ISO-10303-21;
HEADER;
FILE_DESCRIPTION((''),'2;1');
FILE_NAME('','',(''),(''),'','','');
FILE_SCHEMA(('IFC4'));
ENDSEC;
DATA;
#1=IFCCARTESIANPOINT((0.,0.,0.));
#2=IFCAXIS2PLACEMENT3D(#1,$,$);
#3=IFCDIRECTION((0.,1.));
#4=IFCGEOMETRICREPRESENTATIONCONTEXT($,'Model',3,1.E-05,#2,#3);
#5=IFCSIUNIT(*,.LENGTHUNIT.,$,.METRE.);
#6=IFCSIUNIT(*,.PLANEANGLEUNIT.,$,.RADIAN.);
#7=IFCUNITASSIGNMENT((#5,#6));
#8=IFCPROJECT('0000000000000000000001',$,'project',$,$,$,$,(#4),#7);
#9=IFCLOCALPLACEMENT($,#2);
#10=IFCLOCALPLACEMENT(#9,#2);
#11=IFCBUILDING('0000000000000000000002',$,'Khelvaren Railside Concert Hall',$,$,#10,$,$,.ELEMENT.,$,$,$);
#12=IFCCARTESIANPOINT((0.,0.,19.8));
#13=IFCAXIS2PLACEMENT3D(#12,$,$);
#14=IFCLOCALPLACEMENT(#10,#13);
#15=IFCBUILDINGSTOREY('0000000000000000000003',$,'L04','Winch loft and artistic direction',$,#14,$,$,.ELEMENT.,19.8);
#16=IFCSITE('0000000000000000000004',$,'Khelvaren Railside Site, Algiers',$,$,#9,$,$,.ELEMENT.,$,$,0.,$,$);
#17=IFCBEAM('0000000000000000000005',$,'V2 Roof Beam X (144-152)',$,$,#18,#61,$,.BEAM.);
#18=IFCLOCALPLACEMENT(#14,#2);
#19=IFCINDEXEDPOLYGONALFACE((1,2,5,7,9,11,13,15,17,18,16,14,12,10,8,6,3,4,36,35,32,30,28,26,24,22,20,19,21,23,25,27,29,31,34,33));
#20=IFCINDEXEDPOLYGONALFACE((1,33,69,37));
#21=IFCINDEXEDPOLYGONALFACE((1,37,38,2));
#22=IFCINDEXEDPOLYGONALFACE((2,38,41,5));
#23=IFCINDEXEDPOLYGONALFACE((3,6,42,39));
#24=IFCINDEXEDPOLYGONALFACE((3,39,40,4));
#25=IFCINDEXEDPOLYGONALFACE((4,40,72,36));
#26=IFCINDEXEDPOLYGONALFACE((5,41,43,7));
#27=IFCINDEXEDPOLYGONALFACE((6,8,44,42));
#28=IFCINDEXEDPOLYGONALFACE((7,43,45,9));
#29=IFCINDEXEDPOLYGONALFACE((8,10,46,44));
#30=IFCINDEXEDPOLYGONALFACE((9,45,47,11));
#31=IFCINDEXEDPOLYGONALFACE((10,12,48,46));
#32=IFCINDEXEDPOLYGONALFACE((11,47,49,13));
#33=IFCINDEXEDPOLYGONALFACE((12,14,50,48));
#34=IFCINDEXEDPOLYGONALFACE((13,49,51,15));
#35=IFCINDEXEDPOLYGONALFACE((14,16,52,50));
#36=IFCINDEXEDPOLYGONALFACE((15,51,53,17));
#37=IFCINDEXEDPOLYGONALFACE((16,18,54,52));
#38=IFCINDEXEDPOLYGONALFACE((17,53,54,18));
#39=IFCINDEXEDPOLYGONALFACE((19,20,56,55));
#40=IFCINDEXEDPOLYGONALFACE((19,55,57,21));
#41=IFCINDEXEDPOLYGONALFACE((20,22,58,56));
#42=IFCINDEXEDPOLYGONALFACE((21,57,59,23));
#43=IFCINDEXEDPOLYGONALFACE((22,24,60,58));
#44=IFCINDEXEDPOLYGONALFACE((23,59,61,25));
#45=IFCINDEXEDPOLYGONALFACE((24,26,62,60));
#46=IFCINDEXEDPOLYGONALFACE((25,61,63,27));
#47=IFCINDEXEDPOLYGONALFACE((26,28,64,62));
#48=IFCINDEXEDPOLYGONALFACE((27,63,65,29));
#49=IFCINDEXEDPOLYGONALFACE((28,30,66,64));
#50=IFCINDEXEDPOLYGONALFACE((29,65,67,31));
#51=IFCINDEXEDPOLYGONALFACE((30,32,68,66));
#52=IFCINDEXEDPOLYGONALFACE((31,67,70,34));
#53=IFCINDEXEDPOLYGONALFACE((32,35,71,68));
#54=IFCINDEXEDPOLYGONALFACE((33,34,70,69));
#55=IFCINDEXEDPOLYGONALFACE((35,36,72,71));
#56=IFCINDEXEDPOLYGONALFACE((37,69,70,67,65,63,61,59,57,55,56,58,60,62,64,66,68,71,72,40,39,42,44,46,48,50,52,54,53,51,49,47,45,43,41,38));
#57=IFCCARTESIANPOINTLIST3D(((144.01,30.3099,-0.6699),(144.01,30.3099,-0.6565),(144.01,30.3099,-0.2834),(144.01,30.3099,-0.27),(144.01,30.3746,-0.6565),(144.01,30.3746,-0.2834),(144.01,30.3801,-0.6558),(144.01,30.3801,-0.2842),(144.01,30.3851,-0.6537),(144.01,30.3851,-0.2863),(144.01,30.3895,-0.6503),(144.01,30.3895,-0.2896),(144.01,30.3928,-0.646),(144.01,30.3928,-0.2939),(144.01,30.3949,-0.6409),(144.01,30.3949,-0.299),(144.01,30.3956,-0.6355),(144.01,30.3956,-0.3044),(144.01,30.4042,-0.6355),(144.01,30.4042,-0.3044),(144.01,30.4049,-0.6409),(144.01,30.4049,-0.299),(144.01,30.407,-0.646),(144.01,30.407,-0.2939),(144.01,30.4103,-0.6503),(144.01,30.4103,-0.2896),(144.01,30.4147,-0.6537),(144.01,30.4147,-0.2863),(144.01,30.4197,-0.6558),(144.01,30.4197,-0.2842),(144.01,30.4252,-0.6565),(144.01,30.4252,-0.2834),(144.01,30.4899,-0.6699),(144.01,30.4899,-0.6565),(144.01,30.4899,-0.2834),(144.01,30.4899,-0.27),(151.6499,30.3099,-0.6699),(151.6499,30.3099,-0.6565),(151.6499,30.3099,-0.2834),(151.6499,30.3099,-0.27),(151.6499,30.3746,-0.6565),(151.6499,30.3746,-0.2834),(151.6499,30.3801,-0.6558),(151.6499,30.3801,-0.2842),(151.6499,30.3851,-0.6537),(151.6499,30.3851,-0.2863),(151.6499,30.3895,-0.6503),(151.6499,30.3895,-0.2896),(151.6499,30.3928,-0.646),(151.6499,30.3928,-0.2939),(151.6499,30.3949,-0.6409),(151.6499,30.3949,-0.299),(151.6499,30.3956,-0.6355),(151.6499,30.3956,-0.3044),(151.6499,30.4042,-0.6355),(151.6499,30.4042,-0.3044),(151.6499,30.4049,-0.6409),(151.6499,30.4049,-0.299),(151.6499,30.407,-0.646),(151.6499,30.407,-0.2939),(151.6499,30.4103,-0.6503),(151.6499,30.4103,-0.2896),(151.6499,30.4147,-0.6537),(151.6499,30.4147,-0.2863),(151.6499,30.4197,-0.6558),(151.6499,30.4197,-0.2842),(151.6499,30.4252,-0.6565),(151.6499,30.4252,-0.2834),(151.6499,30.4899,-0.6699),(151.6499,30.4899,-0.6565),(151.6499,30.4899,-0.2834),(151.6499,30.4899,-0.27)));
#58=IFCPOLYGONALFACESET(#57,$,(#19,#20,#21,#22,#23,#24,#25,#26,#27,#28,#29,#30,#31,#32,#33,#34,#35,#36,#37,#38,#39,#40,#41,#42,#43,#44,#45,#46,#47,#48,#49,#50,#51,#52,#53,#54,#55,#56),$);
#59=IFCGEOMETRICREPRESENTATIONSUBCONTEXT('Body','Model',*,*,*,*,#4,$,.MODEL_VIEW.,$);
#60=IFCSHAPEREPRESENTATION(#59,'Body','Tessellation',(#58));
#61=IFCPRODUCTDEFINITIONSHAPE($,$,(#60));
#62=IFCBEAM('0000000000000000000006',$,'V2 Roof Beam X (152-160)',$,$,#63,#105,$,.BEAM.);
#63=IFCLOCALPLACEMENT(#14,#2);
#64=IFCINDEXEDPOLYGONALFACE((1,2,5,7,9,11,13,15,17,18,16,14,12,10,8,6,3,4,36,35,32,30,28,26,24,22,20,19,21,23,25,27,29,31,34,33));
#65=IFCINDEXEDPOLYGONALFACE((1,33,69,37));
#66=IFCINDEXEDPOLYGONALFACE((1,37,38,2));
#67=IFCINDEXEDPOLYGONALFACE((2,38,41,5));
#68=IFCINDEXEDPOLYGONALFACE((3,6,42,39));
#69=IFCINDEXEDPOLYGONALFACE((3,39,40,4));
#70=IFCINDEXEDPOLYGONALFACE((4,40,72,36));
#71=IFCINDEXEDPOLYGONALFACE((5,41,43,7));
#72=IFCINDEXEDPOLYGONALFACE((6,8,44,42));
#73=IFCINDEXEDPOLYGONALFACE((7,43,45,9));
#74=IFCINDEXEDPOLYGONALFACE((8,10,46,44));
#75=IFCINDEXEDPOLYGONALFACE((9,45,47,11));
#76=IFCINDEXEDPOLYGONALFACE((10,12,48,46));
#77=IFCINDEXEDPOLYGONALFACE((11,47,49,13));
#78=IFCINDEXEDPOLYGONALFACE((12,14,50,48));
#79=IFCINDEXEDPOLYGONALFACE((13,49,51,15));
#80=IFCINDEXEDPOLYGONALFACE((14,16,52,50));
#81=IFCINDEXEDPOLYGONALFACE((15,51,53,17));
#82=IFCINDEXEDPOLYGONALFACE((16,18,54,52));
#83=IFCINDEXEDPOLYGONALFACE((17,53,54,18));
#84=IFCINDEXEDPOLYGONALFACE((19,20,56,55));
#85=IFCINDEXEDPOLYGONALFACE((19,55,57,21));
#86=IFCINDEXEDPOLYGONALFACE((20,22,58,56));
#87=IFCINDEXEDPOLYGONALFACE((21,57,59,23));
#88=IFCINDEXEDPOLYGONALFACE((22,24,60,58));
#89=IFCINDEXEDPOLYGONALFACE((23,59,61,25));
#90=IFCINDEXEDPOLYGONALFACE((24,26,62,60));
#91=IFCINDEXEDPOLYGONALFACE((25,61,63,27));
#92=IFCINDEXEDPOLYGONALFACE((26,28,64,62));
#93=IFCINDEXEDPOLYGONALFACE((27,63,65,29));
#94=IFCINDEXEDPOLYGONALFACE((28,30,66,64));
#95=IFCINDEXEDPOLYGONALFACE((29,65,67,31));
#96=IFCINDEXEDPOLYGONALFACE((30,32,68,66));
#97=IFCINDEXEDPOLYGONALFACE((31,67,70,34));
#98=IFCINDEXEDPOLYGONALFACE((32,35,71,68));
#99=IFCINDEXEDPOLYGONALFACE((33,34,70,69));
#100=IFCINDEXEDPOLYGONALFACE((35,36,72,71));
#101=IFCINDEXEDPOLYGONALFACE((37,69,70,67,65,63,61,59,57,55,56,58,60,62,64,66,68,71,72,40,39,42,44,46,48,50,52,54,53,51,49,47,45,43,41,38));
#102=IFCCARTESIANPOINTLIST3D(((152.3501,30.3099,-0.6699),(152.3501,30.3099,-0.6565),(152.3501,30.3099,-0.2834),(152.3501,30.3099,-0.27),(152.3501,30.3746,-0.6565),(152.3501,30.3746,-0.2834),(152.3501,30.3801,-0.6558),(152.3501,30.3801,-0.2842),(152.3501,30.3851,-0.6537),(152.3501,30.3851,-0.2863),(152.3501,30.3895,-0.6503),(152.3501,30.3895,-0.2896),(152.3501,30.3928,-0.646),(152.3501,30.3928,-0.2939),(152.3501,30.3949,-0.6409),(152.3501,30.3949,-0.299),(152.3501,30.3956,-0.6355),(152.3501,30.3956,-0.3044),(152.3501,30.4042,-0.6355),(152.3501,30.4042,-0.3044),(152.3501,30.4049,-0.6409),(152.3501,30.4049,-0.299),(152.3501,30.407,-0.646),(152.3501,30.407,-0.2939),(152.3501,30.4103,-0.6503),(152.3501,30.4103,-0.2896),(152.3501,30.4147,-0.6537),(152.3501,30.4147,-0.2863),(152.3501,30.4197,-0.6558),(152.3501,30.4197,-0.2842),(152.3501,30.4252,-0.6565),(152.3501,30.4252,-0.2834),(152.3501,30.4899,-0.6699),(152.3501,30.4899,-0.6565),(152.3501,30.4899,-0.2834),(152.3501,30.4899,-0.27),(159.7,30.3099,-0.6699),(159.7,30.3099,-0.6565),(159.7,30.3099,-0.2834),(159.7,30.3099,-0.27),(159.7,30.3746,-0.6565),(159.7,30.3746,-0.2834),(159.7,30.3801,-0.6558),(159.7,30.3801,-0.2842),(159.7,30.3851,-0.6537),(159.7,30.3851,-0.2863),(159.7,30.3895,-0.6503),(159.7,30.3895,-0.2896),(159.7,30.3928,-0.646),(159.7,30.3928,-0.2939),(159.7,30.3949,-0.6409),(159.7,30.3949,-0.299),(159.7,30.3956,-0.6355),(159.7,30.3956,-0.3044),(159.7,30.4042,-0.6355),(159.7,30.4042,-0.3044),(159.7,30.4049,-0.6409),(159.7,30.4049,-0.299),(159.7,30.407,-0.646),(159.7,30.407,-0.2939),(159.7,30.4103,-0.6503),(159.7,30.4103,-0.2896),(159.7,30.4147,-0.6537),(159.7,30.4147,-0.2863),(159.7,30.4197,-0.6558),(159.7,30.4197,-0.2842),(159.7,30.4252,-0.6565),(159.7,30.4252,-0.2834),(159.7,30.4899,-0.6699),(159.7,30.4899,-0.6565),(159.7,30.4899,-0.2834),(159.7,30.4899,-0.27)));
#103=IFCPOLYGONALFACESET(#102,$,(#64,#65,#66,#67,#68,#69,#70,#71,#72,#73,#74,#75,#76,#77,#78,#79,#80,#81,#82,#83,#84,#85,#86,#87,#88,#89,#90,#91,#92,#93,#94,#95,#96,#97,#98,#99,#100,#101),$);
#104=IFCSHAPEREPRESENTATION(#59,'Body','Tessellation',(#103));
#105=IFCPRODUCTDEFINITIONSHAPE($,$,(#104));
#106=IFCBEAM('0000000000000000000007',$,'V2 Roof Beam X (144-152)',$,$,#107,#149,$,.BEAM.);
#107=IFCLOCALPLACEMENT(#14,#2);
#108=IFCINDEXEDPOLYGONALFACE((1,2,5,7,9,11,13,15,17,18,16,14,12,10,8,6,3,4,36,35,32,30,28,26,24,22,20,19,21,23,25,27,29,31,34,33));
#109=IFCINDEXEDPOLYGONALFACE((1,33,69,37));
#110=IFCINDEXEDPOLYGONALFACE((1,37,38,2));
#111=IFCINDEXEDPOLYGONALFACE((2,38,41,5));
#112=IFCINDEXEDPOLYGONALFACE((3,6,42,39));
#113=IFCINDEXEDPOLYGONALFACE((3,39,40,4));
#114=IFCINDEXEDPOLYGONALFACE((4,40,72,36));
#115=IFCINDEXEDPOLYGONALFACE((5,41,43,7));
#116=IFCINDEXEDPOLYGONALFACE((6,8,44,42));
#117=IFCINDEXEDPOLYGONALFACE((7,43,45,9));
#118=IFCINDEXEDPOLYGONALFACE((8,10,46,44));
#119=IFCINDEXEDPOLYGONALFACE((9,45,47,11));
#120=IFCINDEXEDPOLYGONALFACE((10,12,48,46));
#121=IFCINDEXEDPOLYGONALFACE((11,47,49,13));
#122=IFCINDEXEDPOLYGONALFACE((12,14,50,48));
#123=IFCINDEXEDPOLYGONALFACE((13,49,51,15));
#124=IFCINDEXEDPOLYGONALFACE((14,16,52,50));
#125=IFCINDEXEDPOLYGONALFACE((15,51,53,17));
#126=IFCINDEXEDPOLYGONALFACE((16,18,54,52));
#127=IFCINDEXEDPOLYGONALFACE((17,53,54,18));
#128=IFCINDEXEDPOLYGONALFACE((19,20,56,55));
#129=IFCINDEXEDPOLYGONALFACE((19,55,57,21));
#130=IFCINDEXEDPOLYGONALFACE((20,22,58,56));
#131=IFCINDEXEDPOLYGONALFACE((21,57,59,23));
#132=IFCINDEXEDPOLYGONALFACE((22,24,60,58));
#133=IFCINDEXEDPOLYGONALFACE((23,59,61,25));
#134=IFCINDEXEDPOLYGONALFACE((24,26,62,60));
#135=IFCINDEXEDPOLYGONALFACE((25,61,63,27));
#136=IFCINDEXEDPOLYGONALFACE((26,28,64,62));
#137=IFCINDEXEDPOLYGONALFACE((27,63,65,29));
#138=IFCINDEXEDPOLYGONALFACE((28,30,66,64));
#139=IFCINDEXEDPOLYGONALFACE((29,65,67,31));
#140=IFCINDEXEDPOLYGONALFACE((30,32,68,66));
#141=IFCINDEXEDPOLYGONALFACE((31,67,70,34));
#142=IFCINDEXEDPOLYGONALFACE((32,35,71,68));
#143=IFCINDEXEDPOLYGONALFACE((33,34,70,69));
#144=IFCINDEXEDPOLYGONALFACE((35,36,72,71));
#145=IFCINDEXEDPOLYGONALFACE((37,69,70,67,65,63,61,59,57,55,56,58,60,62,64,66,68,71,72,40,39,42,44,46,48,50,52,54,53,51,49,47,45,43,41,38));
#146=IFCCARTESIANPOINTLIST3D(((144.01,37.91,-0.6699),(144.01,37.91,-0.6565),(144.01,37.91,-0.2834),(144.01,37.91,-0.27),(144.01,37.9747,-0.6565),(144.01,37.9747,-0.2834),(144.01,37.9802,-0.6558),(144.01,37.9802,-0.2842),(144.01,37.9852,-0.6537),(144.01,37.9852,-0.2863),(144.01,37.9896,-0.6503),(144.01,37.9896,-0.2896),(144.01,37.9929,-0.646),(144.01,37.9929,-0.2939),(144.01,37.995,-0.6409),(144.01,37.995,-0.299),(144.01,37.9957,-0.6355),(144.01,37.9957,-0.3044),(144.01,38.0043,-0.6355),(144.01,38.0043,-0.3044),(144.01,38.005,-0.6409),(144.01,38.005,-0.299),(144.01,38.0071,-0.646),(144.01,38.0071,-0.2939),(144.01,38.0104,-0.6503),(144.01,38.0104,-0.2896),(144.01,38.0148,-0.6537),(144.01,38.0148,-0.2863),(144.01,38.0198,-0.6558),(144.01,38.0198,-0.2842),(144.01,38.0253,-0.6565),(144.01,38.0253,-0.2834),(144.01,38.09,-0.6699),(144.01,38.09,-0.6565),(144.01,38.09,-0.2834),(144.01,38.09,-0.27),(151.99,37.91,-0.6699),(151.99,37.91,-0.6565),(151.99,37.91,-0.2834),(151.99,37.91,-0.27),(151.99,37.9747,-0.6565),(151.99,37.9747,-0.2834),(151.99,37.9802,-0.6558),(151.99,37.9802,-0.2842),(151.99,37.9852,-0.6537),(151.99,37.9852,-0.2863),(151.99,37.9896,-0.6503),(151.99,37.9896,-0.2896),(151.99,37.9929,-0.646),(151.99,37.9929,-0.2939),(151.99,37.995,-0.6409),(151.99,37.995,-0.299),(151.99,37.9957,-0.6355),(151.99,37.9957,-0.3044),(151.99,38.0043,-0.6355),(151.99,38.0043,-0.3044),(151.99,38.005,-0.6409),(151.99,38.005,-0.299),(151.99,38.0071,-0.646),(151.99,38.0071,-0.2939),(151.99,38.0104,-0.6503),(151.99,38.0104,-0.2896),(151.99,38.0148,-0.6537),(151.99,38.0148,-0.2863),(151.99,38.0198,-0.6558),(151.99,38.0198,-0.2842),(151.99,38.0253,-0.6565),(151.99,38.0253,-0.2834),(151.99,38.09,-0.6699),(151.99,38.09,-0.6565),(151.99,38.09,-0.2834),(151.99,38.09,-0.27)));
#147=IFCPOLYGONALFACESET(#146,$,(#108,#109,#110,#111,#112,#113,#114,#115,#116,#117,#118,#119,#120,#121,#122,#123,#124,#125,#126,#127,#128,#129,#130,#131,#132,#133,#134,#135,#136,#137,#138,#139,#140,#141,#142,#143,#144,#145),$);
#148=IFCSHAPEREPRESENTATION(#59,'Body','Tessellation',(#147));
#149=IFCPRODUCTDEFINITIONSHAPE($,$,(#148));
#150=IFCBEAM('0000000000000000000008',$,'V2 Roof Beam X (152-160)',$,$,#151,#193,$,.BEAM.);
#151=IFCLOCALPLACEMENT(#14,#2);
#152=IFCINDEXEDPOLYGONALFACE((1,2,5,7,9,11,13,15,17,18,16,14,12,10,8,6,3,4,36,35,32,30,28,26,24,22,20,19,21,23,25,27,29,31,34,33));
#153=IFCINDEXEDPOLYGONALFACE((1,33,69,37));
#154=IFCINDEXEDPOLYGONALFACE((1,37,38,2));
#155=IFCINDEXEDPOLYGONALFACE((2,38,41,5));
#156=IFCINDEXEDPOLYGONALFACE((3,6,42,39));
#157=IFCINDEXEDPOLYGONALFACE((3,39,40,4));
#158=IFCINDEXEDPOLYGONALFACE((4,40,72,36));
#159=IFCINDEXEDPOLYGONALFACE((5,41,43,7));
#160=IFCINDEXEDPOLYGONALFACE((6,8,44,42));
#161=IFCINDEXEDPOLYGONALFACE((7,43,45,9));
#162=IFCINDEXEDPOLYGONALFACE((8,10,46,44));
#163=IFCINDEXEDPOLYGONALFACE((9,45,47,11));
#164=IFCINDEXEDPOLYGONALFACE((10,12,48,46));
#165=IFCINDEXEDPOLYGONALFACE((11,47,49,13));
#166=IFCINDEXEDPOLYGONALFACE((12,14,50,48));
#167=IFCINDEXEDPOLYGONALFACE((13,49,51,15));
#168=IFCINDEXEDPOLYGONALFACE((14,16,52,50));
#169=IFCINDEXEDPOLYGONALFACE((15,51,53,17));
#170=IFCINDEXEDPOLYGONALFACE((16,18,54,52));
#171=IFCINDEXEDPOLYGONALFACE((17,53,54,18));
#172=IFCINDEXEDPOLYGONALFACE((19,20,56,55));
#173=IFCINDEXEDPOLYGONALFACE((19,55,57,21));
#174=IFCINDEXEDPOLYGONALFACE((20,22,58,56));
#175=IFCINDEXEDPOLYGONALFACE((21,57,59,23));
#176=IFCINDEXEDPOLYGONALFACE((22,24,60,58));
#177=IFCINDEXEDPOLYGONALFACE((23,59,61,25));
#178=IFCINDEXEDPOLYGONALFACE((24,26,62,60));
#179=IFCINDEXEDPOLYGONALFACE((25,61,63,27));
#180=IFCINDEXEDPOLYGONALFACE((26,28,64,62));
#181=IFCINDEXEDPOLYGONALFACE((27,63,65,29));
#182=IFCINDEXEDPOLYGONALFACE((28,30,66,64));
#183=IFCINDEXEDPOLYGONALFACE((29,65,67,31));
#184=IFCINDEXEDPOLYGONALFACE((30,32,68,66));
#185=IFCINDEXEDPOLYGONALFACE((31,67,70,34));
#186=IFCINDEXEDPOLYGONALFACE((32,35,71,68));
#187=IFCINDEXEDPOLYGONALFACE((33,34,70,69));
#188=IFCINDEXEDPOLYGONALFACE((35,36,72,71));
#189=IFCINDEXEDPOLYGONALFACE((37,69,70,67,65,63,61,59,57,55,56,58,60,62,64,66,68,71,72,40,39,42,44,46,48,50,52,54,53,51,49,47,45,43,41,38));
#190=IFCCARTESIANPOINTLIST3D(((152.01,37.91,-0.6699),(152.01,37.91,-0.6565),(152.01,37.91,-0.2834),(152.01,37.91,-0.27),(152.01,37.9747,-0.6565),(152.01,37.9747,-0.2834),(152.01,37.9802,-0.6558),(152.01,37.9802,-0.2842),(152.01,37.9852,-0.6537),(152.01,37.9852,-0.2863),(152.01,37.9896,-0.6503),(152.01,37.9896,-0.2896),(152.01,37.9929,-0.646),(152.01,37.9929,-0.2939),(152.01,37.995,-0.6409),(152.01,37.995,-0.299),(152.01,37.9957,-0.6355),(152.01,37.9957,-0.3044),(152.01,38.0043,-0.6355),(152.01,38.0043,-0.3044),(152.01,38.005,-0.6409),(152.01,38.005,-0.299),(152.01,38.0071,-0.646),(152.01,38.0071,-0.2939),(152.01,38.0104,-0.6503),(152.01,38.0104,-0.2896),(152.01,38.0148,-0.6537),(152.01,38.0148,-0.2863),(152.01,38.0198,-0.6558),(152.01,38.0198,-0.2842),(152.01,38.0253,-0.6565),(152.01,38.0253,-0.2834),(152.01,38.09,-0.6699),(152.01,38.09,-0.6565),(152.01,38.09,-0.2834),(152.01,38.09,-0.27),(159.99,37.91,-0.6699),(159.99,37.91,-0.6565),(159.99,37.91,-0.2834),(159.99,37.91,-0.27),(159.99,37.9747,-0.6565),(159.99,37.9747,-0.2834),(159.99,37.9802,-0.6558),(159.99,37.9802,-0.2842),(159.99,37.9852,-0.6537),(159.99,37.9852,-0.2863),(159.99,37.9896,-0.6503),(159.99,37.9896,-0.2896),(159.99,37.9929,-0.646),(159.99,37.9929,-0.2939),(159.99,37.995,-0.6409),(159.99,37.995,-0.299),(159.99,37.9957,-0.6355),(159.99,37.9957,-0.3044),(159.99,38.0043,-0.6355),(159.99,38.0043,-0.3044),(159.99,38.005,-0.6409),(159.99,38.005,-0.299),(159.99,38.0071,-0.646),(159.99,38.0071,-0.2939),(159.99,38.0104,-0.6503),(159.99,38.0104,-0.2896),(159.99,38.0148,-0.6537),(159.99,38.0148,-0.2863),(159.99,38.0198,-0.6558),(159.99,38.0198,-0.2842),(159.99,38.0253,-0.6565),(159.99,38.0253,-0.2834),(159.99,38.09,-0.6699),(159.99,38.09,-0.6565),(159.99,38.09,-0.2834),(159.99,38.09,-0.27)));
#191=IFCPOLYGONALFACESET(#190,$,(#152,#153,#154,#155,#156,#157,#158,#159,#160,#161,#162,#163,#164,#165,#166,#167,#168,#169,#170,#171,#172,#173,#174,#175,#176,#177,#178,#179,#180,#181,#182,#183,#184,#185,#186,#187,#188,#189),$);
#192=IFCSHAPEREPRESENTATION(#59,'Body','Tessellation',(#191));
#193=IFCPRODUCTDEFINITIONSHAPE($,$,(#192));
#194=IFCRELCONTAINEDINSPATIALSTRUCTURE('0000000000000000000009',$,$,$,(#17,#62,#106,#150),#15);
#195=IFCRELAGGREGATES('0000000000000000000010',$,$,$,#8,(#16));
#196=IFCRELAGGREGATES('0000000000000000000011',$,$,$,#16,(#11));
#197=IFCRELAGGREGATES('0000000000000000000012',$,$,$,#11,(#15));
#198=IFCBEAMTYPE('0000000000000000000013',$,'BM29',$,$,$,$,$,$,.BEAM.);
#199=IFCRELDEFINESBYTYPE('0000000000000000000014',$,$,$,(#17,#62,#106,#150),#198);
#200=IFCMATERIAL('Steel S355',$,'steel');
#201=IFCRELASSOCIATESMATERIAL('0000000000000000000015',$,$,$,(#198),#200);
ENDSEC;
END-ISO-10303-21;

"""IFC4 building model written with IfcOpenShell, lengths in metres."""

from ifc_helpers import new_model, si_unit, direction, frame, origin, origin_2d, place, context, subcontext, project, spatial, i_section, extrude, material, material_profile, profile_set, type_object, element, save


model = new_model("IFC4")

# Units and contexts
model_context = context("Model", 3, precision=1e-05, world=origin(), true_north=direction((0.0, 1.0)))
body_context = subcontext(model_context, "Body", "Model", "MODEL_VIEW")
ifc_project = project(units=[si_unit("LENGTHUNIT", "METRE"), si_unit("PLANEANGLEUNIT", "RADIAN")], contexts=[model_context])

# Site, building, storey
site_placement = place(None, origin())
site = spatial("IfcSite", under=ifc_project, at=site_placement, Name="Khelvaren Railside Site, Algiers", CompositionType="ELEMENT", RefElevation=0.0)
building_placement = place(site_placement, origin())
building = spatial("IfcBuilding", under=site, at=building_placement, Name="Khelvaren Railside Concert Hall", CompositionType="ELEMENT")
storey_placement = place(building_placement, frame((0.0, 0.0, 19.8)))
storey = spatial("IfcBuildingStorey", under=building, at=storey_placement, Name="L04", Description="Winch loft and artistic direction", CompositionType="ELEMENT", Elevation=19.8)

# Beams
ifc_material_1 = material(Name="Steel S355", Category="steel")
ifc_material_profile_1 = material_profile(ifc_material_1, i_section(OverallWidth=0.1799, OverallDepth=0.3999, WebThickness=0.0085, FlangeThickness=0.0134, FilletRadius=0.021, at=origin_2d()), Name="IPE 400")
ifc_profile_set_1 = profile_set([ifc_material_profile_1], Name="Steel S355")
beam_type_1 = type_object("IfcBeamType", Name="BM29", PredefinedType="BEAM", material=ifc_profile_set_1)
beam_1_placement = place(storey_placement, frame((144.01, 30.3999, -0.47), z_axis=(1.0, 0.0, 0.0), x_axis=(0.0, 1.0, 0.0)))
element("IfcBeam", 1, at=beam_1_placement, inside=storey, type_object=beam_type_1, Name="V2 Roof Beam X (144-152)", PredefinedType="BEAM", context=body_context, shape_type="SweptSolid", body=[
    extrude(i_section(OverallWidth=0.1799, OverallDepth=0.3999, WebThickness=0.0085, FlangeThickness=0.0134, FilletRadius=0.021, at=origin_2d()), origin(), (0.0, 0.0, 1.0), 7.6399),
])
beam_2_placement = place(storey_placement, frame((152.3501, 30.3999, -0.47), z_axis=(1.0, 0.0, 0.0), x_axis=(0.0, 1.0, 0.0)))
element("IfcBeam", 2, at=beam_2_placement, inside=storey, type_object=beam_type_1, Name="V2 Roof Beam X (152-160)", PredefinedType="BEAM", context=body_context, shape_type="SweptSolid", body=[
    extrude(i_section(OverallWidth=0.1799, OverallDepth=0.3999, WebThickness=0.0085, FlangeThickness=0.0134, FilletRadius=0.021, at=origin_2d()), origin(), (0.0, 0.0, 1.0), 7.3499),
])
for number, where, z_axis, x_axis, name in (
    (3, (144.01, 38.0, -0.47), (1.0, 0.0, 0.0), (0.0, 1.0, 0.0), "V2 Roof Beam X (144-152)"),
    (4, (152.01, 38.0, -0.47), (1.0, 0.0, 0.0), (0.0, 1.0, 0.0), "V2 Roof Beam X (152-160)"),
):
    element("IfcBeam", number, at=place(storey_placement, frame(where, z_axis=z_axis, x_axis=x_axis)), inside=storey, type_object=beam_type_1, Name=name, PredefinedType="BEAM", context=body_context, shape_type="SweptSolid", body=[
        extrude(i_section(OverallWidth=0.1799, OverallDepth=0.3999, WebThickness=0.0085, FlangeThickness=0.0134, FilletRadius=0.021, at=origin_2d()), origin(), (0.0, 0.0, 1.0), 7.98),
    ])

save(model, "model.ifc")
